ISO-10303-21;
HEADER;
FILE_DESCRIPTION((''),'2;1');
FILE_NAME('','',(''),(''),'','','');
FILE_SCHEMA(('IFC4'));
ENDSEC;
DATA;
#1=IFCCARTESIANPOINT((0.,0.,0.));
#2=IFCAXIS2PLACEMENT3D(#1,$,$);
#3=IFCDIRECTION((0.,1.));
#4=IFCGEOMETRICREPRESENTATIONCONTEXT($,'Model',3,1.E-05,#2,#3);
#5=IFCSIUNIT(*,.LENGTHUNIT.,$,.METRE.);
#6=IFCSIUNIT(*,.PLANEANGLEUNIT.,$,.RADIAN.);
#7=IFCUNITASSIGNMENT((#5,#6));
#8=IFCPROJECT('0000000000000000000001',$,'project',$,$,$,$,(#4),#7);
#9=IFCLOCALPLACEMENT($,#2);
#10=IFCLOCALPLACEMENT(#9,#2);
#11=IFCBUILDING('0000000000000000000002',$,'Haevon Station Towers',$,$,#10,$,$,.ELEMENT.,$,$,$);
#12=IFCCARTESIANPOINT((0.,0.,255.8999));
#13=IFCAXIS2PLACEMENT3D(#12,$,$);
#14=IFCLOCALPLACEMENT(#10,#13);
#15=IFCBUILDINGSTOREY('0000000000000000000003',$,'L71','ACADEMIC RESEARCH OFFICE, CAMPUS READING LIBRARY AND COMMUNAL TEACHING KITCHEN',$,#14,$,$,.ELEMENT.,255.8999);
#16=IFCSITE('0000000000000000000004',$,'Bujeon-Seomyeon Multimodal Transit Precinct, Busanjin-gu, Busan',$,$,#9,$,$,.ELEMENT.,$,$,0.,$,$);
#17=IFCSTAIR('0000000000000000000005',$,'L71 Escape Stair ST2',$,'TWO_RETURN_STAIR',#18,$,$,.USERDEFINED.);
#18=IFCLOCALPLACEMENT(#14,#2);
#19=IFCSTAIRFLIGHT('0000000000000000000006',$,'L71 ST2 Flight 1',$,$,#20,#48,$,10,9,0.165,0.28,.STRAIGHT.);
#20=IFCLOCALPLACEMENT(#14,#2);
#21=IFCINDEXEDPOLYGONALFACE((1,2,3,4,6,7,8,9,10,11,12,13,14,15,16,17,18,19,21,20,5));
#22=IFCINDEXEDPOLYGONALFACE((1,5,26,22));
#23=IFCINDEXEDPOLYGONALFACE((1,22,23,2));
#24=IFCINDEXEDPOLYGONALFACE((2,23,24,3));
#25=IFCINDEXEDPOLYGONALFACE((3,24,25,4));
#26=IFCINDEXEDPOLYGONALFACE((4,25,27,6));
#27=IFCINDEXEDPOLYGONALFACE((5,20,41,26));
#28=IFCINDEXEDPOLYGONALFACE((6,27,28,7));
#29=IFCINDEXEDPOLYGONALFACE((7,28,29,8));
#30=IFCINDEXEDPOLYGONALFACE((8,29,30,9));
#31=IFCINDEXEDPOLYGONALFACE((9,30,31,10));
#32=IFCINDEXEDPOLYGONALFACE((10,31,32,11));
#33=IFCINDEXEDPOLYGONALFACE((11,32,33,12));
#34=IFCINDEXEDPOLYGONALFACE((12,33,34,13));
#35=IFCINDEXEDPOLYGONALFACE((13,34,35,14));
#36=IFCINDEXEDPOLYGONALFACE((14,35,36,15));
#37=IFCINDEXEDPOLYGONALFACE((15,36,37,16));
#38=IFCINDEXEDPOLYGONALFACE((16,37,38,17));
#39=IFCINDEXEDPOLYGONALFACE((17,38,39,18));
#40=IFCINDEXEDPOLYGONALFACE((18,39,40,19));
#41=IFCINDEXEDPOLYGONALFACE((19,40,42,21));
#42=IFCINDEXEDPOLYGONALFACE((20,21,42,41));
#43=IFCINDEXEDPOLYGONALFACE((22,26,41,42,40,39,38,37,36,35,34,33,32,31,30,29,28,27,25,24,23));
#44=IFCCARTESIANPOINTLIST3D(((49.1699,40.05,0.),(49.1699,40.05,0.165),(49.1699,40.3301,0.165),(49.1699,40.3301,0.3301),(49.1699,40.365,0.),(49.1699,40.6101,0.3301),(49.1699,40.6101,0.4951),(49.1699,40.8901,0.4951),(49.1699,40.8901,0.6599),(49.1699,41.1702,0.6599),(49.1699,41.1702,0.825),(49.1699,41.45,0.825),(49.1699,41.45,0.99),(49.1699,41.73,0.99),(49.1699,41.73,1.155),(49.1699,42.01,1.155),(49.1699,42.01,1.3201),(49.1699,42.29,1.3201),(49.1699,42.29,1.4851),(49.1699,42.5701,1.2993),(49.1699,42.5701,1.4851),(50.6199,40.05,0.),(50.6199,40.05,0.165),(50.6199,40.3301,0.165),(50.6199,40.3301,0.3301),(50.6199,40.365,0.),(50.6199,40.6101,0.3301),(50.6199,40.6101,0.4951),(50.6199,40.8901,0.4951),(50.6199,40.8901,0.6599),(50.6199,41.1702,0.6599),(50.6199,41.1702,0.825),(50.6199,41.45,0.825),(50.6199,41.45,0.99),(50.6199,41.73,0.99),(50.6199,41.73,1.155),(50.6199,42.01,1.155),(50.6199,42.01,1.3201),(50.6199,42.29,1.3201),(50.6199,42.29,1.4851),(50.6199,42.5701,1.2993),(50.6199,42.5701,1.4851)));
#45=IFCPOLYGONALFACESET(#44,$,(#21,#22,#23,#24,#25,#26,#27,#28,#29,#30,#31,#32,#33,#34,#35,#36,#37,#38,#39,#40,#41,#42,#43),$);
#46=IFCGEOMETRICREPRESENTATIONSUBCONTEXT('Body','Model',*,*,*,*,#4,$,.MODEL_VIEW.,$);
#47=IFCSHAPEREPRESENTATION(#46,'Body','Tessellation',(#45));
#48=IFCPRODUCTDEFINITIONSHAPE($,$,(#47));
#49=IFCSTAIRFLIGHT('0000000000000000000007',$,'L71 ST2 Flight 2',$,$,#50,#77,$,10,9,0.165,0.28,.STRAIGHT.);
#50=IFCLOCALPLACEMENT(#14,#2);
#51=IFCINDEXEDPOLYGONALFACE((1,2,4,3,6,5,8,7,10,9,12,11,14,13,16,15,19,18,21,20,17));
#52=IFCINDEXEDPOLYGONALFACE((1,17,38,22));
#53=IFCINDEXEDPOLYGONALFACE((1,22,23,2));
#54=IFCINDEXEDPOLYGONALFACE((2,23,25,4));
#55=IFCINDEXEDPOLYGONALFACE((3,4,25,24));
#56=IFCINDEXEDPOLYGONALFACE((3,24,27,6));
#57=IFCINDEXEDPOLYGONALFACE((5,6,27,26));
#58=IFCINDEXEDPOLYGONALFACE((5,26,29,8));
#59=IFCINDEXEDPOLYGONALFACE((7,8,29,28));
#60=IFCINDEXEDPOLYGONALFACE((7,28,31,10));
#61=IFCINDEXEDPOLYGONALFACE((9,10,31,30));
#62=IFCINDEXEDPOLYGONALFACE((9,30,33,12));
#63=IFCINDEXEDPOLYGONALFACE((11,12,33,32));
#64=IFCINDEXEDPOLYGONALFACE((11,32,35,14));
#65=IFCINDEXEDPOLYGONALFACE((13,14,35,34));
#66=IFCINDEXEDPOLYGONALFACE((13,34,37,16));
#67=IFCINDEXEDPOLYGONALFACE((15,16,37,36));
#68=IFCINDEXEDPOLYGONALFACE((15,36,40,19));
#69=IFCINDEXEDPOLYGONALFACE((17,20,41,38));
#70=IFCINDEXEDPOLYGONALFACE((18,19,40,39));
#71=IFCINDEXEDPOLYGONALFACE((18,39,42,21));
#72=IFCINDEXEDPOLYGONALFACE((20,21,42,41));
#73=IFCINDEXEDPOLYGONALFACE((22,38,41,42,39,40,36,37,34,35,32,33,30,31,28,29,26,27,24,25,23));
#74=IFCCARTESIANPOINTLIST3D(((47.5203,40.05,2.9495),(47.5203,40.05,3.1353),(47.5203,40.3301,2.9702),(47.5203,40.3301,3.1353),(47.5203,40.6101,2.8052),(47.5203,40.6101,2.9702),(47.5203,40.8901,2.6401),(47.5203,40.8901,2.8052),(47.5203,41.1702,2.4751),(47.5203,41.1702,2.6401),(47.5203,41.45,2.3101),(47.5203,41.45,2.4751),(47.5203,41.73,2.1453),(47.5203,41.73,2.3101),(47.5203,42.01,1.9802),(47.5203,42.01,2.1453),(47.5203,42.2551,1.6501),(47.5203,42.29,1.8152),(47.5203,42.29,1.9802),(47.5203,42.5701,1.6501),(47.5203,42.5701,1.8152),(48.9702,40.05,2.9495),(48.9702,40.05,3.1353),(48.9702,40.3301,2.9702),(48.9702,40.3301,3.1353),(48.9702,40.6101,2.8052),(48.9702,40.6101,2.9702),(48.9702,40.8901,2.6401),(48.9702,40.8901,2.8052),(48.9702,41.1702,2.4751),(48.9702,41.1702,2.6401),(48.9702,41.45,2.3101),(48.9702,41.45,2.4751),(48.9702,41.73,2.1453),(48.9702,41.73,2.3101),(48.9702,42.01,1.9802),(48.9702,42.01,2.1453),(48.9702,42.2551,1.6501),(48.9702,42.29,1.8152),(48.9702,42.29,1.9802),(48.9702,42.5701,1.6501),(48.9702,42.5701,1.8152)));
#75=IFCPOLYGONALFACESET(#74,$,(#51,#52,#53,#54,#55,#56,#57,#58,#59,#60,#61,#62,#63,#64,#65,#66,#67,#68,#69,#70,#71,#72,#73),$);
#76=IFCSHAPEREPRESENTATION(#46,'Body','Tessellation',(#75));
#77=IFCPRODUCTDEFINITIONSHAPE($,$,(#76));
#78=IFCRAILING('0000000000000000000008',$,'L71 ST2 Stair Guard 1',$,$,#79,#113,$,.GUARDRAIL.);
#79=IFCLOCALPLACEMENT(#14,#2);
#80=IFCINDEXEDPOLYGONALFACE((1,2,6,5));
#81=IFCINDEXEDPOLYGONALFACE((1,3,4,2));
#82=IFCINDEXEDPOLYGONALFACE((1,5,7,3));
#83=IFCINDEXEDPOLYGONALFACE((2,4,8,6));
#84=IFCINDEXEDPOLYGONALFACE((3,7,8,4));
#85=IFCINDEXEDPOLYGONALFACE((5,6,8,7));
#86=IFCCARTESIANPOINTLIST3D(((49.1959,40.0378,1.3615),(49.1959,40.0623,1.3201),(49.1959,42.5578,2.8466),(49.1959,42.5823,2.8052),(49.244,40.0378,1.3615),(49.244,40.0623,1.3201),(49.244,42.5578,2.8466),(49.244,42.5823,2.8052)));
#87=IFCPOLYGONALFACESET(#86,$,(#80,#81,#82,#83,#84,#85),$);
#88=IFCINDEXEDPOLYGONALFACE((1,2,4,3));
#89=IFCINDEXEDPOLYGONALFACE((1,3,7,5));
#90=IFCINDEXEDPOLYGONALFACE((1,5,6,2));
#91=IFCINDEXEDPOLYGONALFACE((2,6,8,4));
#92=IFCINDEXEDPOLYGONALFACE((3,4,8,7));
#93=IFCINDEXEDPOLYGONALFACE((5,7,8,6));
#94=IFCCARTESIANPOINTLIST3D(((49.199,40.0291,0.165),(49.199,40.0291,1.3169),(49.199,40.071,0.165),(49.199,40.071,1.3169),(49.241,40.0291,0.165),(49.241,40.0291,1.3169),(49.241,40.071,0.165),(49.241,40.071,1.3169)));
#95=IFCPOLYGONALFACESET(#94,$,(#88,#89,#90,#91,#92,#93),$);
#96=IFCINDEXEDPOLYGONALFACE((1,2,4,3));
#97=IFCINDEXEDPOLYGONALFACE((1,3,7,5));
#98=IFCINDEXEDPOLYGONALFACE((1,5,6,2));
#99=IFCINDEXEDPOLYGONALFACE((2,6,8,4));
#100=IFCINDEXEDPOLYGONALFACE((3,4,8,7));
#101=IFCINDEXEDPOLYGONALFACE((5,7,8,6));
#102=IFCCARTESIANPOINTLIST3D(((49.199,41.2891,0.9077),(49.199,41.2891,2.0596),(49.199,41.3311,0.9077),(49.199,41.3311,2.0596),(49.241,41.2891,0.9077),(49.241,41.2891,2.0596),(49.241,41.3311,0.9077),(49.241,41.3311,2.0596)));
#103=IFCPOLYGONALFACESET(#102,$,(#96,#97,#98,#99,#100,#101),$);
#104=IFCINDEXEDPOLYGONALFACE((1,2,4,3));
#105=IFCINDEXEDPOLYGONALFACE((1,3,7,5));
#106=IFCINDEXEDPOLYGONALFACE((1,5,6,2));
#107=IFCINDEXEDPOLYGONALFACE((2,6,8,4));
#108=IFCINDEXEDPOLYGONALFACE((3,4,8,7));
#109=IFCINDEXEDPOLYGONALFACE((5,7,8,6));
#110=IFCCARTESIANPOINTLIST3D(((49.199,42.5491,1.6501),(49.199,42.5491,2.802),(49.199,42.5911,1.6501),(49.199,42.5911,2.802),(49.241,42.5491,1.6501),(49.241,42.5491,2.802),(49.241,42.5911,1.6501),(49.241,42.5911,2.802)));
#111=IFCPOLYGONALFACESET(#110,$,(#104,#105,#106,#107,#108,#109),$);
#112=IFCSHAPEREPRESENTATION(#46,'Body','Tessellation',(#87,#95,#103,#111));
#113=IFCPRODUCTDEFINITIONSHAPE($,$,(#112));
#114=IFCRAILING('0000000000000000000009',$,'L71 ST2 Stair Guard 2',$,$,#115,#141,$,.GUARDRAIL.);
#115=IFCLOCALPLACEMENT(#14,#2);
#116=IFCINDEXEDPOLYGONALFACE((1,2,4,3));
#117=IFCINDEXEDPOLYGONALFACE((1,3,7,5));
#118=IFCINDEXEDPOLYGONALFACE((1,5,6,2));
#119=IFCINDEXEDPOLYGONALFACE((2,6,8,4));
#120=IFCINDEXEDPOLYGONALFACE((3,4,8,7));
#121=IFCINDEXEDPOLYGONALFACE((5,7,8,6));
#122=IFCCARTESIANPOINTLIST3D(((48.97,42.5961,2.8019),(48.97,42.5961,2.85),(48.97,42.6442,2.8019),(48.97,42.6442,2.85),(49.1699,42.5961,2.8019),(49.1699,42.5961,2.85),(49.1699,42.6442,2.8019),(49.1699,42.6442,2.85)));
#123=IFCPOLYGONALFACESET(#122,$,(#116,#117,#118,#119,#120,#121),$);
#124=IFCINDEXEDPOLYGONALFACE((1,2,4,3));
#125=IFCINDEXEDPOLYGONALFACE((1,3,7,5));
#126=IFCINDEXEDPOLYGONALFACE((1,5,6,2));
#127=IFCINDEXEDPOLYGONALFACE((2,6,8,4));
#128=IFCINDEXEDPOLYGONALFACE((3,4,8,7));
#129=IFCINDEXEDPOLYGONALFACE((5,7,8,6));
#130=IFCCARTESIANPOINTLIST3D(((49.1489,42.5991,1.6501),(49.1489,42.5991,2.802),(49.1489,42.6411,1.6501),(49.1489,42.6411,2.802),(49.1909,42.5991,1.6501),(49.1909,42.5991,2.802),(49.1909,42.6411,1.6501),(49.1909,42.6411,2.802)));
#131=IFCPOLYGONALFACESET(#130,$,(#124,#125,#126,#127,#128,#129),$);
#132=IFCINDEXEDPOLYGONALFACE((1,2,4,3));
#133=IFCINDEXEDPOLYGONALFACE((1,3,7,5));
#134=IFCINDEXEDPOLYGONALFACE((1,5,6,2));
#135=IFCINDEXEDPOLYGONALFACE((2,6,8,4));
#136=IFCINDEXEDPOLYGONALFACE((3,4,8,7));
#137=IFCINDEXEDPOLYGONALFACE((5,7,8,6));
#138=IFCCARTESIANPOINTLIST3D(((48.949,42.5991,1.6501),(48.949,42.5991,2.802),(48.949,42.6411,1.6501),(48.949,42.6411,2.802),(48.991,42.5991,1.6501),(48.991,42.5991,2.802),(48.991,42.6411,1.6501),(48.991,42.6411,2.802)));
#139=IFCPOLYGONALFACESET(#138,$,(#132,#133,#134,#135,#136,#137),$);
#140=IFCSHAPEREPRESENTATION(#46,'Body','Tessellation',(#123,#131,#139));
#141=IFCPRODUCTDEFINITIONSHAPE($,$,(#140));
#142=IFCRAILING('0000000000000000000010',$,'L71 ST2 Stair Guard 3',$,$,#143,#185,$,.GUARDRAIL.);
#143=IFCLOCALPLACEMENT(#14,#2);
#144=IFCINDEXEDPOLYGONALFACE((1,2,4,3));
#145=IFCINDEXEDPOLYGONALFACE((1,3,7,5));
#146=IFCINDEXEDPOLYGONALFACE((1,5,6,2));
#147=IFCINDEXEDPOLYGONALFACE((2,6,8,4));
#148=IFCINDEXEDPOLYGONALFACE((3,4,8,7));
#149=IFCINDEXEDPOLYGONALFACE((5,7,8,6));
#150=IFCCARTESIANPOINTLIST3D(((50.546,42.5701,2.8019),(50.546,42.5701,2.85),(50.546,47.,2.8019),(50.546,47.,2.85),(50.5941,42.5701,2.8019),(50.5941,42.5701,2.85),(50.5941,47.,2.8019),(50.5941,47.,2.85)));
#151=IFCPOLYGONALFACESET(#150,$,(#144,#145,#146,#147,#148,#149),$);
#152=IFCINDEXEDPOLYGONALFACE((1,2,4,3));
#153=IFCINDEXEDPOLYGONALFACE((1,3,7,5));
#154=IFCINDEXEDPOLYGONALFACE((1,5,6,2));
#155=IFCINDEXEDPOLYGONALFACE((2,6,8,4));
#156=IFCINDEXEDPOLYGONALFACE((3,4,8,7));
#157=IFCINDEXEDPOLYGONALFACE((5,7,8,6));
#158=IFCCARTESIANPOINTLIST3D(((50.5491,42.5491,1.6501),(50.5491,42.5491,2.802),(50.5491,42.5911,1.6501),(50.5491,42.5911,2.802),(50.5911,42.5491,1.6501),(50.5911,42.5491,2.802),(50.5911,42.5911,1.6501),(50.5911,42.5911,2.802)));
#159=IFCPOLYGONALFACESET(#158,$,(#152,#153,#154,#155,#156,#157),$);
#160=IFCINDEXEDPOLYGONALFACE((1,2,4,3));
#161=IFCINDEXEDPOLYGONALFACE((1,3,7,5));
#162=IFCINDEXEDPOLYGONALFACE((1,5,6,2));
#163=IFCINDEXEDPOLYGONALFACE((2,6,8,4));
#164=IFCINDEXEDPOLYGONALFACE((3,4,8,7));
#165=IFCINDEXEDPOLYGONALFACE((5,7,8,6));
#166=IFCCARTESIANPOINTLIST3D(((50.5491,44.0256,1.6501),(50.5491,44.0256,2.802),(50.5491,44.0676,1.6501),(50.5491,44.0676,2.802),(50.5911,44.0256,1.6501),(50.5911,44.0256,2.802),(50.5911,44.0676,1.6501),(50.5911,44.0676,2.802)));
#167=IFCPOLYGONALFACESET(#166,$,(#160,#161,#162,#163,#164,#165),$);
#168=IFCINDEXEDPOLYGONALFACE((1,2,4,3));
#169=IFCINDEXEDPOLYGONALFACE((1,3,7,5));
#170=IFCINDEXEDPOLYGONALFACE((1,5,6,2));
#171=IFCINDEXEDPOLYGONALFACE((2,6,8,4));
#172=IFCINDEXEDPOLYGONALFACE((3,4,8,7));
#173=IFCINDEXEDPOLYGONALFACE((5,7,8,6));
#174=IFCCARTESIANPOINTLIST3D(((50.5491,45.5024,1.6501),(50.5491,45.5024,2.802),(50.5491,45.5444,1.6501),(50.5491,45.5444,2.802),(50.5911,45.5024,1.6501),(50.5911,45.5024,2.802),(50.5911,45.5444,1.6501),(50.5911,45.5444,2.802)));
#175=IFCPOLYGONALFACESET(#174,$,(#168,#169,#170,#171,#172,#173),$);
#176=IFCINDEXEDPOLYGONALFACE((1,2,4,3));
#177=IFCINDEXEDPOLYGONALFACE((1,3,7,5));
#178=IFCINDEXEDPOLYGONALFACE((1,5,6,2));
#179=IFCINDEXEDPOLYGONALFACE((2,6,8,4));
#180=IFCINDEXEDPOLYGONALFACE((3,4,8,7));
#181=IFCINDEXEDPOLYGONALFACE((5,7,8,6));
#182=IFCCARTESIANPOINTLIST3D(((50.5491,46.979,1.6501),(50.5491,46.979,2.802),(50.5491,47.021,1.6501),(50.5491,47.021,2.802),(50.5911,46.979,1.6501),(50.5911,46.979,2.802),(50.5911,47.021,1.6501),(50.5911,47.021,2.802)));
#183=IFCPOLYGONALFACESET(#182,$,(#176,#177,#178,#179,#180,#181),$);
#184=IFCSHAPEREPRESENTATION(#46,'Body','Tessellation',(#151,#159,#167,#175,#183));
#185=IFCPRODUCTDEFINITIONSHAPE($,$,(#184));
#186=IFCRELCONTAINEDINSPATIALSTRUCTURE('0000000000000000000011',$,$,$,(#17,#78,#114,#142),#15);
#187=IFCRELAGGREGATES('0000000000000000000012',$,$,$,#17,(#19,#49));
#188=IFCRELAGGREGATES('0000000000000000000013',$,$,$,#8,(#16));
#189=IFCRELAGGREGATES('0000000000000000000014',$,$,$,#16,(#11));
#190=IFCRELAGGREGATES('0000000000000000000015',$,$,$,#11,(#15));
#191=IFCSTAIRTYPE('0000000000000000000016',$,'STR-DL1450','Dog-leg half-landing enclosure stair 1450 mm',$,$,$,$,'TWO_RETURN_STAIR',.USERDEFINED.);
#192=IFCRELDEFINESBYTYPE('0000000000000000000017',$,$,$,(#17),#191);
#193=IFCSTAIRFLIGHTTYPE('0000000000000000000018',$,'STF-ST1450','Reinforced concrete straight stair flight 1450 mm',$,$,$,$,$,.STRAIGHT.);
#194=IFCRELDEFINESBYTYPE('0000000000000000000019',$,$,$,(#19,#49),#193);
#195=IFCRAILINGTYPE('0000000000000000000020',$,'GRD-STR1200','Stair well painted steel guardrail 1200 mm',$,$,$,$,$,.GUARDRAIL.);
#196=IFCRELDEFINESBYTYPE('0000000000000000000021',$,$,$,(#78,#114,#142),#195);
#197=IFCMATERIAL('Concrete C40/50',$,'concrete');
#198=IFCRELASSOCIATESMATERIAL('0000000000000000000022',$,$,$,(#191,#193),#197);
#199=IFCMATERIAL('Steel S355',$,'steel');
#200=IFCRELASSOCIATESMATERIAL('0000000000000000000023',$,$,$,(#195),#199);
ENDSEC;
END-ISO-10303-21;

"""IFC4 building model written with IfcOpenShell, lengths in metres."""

from ifc_helpers import new_model, si_unit, direction, frame, origin, origin_2d, place, context, subcontext, project, spatial, polyline, rectangle, outline, extrude, material, type_object, element, aggregate, save


model = new_model("IFC4")

# Units and contexts
model_context = context("Model", 3, precision=1e-05, world=origin(), true_north=direction((0.0, 1.0)))
body_context = subcontext(model_context, "Body", "Model", "MODEL_VIEW")
ifc_project = project(units=[si_unit("LENGTHUNIT", "METRE"), si_unit("PLANEANGLEUNIT", "RADIAN")], contexts=[model_context])

# Site, building, storey
site_placement = place(None, origin())
site = spatial("IfcSite", under=ifc_project, at=site_placement, Name="Bujeon-Seomyeon Multimodal Transit Precinct, Busanjin-gu, Busan", CompositionType="ELEMENT", RefElevation=0.0)
building_placement = place(site_placement, origin())
building = spatial("IfcBuilding", under=site, at=building_placement, Name="Haevon Station Towers", CompositionType="ELEMENT")
storey_placement = place(building_placement, frame((0.0, 0.0, 255.8999)))
storey = spatial("IfcBuildingStorey", under=building, at=storey_placement, Name="L71", Description="ACADEMIC RESEARCH OFFICE, CAMPUS READING LIBRARY AND COMMUNAL TEACHING KITCHEN", CompositionType="ELEMENT", Elevation=255.8999)

# Shared definitions
ifc_material_1 = material(Name="Steel S355", Category="steel")

# Stair, stair flights
ifc_material_2 = material(Name="Concrete C40/50", Category="concrete")
stair_type = type_object("IfcStairType", Name="STR-DL1450", Description="Dog-leg half-landing enclosure stair 1450 mm", ElementType="TWO_RETURN_STAIR", PredefinedType="USERDEFINED", material=ifc_material_2)
stair_placement = place(storey_placement, origin())
stair = element("IfcStair", 1, at=stair_placement, inside=storey, type_object=stair_type, Name="L71 Escape Stair ST2", ObjectType="TWO_RETURN_STAIR", PredefinedType="USERDEFINED")
stair_flight_type = type_object("IfcStairFlightType", Name="STF-ST1450", Description="Reinforced concrete straight stair flight 1450 mm", PredefinedType="STRAIGHT", material=ifc_material_2)
stair_flight_1_placement = place(storey_placement, frame((49.895, 40.05, 0.0), z_axis=(0.0, 0.0, 1.0), x_axis=(0.0, 1.0, 0.0)))
stair_flight_1 = element("IfcStairFlight", 2, at=stair_flight_1_placement, type_object=stair_flight_type, Name="L71 ST2 Flight 1", NumberOfRisers=10, NumberOfTreads=9, PredefinedType="STRAIGHT", RiserHeight=0.165, TreadLength=0.28, context=body_context, shape_type="SweptSolid", body=[
    extrude(outline(polyline([(0.0, 0.0), (0.0, 0.165), (0.28, 0.165), (0.28, 0.3301), (0.5601, 0.3301), (0.5601, 0.4951), (0.8401, 0.4951), (0.8401, 0.6599), (1.1201, 0.6599), (1.1201, 0.825), (1.3999, 0.825), (1.3999, 0.99), (1.6799, 0.99), (1.6799, 1.155), (1.96, 1.155), (1.96, 1.3201), (2.24, 1.3201), (2.24, 1.4851), (2.52, 1.4851), (2.52, 1.6499), (2.52, 1.2993), (0.3149, 0.0), (0.0, 0.0)])), frame((0.0, 0.7251, 0.0), z_axis=(0.0, -1.0, 0.0), x_axis=(1.0, 0.0, 0.0)), (0.0, 0.0, 1.0), 1.45),
])
stair_flight_2_placement = place(storey_placement, frame((48.2451, 42.5701, 1.6501), z_axis=(0.0, 0.0, 1.0), x_axis=(0.0, -1.0, 0.0)))
stair_flight_2 = element("IfcStairFlight", 3, at=stair_flight_2_placement, type_object=stair_flight_type, Name="L71 ST2 Flight 2", NumberOfRisers=10, NumberOfTreads=9, PredefinedType="STRAIGHT", RiserHeight=0.165, TreadLength=0.28, context=body_context, shape_type="SweptSolid", body=[
    extrude(outline(polyline([(0.0, 0.0), (0.0, 0.165), (0.28, 0.165), (0.28, 0.3301), (0.5601, 0.3301), (0.5601, 0.4951), (0.8401, 0.4951), (0.8401, 0.6599), (1.1201, 0.6599), (1.1201, 0.825), (1.3999, 0.825), (1.3999, 0.99), (1.6799, 0.99), (1.6799, 1.155), (1.96, 1.155), (1.96, 1.3201), (2.24, 1.3201), (2.24, 1.4851), (2.52, 1.4851), (2.52, 1.6499), (2.52, 1.2993), (0.3149, 0.0), (0.0, 0.0)])), frame((0.0, 0.7251, 0.0), z_axis=(0.0, -1.0, 0.0), x_axis=(1.0, 0.0, 0.0)), (0.0, 0.0, 1.0), 1.45),
])
aggregate(stair, [stair_flight_1, stair_flight_2])

# Railings
railing_type_1 = type_object("IfcRailingType", Name="GRD-STR1200", Description="Stair well painted steel guardrail 1200 mm", PredefinedType="GUARDRAIL", material=ifc_material_1)
railing_1_placement = place(storey_placement, frame((49.22, 40.05, 0.165)))
element("IfcRailing", 4, at=railing_1_placement, inside=storey, type_object=railing_type_1, Name="L71 ST2 Stair Guard 1", PredefinedType="GUARDRAIL", context=body_context, shape_type="SweptSolid", body=[
    extrude(rectangle(XDim=0.0481, YDim=0.0481, at=origin_2d()), frame((0.0, 0.0, 1.1758), z_axis=(0.0, 0.861524, 0.507717), x_axis=(-1.0, 0.0, 0.0)), (0.0, 0.0, 1.0), 2.925),
    extrude(rectangle(XDim=0.042, YDim=0.042, at=origin_2d()), origin(), (0.0, 0.0, 1.0), 1.1519),
    extrude(rectangle(XDim=0.042, YDim=0.042, at=origin_2d()), frame((0.0, 1.26, 0.7427)), (0.0, 0.0, 1.0), 1.1519),
    extrude(rectangle(XDim=0.042, YDim=0.042, at=origin_2d()), frame((0.0, 2.52, 1.4851)), (0.0, 0.0, 1.0), 1.1519),
])
railing_2_placement = place(storey_placement, frame((49.1699, 42.6201, 1.6501)))
element("IfcRailing", 5, at=railing_2_placement, inside=storey, type_object=railing_type_1, Name="L71 ST2 Stair Guard 2", PredefinedType="GUARDRAIL", context=body_context, shape_type="SweptSolid", body=[
    extrude(rectangle(XDim=0.0481, YDim=0.0481, at=origin_2d()), frame((0.0, 0.0, 1.1758), z_axis=(-1.0, 0.0, 0.0), x_axis=(0.0, -1.0, 0.0)), (0.0, 0.0, 1.0), 0.2),
    extrude(rectangle(XDim=0.042, YDim=0.042, at=origin_2d()), origin(), (0.0, 0.0, 1.0), 1.1519),
    extrude(rectangle(XDim=0.042, YDim=0.042, at=origin_2d()), frame((-0.2, 0.0, 0.0)), (0.0, 0.0, 1.0), 1.1519),
])
railing_3_placement = place(storey_placement, frame((50.5701, 42.5701, 1.6501)))
element("IfcRailing", 6, at=railing_3_placement, inside=storey, type_object=railing_type_1, Name="L71 ST2 Stair Guard 3", PredefinedType="GUARDRAIL", context=body_context, shape_type="SweptSolid", body=[
    extrude(rectangle(XDim=0.0481, YDim=0.0481, at=origin_2d()), frame((0.0, 0.0, 1.1758), z_axis=(0.0, 1.0, 0.0), x_axis=(-1.0, 0.0, 0.0)), (0.0, 0.0, 1.0), 4.4299),
    extrude(rectangle(XDim=0.042, YDim=0.042, at=origin_2d()), origin(), (0.0, 0.0, 1.0), 1.1519),
    extrude(rectangle(XDim=0.042, YDim=0.042, at=origin_2d()), frame((0.0, 1.4766, 0.0)), (0.0, 0.0, 1.0), 1.1519),
    extrude(rectangle(XDim=0.042, YDim=0.042, at=origin_2d()), frame((0.0, 2.9534, 0.0)), (0.0, 0.0, 1.0), 1.1519),
    extrude(rectangle(XDim=0.042, YDim=0.042, at=origin_2d()), frame((0.0, 4.4299, 0.0)), (0.0, 0.0, 1.0), 1.1519),
])

save(model, "model.ifc")
